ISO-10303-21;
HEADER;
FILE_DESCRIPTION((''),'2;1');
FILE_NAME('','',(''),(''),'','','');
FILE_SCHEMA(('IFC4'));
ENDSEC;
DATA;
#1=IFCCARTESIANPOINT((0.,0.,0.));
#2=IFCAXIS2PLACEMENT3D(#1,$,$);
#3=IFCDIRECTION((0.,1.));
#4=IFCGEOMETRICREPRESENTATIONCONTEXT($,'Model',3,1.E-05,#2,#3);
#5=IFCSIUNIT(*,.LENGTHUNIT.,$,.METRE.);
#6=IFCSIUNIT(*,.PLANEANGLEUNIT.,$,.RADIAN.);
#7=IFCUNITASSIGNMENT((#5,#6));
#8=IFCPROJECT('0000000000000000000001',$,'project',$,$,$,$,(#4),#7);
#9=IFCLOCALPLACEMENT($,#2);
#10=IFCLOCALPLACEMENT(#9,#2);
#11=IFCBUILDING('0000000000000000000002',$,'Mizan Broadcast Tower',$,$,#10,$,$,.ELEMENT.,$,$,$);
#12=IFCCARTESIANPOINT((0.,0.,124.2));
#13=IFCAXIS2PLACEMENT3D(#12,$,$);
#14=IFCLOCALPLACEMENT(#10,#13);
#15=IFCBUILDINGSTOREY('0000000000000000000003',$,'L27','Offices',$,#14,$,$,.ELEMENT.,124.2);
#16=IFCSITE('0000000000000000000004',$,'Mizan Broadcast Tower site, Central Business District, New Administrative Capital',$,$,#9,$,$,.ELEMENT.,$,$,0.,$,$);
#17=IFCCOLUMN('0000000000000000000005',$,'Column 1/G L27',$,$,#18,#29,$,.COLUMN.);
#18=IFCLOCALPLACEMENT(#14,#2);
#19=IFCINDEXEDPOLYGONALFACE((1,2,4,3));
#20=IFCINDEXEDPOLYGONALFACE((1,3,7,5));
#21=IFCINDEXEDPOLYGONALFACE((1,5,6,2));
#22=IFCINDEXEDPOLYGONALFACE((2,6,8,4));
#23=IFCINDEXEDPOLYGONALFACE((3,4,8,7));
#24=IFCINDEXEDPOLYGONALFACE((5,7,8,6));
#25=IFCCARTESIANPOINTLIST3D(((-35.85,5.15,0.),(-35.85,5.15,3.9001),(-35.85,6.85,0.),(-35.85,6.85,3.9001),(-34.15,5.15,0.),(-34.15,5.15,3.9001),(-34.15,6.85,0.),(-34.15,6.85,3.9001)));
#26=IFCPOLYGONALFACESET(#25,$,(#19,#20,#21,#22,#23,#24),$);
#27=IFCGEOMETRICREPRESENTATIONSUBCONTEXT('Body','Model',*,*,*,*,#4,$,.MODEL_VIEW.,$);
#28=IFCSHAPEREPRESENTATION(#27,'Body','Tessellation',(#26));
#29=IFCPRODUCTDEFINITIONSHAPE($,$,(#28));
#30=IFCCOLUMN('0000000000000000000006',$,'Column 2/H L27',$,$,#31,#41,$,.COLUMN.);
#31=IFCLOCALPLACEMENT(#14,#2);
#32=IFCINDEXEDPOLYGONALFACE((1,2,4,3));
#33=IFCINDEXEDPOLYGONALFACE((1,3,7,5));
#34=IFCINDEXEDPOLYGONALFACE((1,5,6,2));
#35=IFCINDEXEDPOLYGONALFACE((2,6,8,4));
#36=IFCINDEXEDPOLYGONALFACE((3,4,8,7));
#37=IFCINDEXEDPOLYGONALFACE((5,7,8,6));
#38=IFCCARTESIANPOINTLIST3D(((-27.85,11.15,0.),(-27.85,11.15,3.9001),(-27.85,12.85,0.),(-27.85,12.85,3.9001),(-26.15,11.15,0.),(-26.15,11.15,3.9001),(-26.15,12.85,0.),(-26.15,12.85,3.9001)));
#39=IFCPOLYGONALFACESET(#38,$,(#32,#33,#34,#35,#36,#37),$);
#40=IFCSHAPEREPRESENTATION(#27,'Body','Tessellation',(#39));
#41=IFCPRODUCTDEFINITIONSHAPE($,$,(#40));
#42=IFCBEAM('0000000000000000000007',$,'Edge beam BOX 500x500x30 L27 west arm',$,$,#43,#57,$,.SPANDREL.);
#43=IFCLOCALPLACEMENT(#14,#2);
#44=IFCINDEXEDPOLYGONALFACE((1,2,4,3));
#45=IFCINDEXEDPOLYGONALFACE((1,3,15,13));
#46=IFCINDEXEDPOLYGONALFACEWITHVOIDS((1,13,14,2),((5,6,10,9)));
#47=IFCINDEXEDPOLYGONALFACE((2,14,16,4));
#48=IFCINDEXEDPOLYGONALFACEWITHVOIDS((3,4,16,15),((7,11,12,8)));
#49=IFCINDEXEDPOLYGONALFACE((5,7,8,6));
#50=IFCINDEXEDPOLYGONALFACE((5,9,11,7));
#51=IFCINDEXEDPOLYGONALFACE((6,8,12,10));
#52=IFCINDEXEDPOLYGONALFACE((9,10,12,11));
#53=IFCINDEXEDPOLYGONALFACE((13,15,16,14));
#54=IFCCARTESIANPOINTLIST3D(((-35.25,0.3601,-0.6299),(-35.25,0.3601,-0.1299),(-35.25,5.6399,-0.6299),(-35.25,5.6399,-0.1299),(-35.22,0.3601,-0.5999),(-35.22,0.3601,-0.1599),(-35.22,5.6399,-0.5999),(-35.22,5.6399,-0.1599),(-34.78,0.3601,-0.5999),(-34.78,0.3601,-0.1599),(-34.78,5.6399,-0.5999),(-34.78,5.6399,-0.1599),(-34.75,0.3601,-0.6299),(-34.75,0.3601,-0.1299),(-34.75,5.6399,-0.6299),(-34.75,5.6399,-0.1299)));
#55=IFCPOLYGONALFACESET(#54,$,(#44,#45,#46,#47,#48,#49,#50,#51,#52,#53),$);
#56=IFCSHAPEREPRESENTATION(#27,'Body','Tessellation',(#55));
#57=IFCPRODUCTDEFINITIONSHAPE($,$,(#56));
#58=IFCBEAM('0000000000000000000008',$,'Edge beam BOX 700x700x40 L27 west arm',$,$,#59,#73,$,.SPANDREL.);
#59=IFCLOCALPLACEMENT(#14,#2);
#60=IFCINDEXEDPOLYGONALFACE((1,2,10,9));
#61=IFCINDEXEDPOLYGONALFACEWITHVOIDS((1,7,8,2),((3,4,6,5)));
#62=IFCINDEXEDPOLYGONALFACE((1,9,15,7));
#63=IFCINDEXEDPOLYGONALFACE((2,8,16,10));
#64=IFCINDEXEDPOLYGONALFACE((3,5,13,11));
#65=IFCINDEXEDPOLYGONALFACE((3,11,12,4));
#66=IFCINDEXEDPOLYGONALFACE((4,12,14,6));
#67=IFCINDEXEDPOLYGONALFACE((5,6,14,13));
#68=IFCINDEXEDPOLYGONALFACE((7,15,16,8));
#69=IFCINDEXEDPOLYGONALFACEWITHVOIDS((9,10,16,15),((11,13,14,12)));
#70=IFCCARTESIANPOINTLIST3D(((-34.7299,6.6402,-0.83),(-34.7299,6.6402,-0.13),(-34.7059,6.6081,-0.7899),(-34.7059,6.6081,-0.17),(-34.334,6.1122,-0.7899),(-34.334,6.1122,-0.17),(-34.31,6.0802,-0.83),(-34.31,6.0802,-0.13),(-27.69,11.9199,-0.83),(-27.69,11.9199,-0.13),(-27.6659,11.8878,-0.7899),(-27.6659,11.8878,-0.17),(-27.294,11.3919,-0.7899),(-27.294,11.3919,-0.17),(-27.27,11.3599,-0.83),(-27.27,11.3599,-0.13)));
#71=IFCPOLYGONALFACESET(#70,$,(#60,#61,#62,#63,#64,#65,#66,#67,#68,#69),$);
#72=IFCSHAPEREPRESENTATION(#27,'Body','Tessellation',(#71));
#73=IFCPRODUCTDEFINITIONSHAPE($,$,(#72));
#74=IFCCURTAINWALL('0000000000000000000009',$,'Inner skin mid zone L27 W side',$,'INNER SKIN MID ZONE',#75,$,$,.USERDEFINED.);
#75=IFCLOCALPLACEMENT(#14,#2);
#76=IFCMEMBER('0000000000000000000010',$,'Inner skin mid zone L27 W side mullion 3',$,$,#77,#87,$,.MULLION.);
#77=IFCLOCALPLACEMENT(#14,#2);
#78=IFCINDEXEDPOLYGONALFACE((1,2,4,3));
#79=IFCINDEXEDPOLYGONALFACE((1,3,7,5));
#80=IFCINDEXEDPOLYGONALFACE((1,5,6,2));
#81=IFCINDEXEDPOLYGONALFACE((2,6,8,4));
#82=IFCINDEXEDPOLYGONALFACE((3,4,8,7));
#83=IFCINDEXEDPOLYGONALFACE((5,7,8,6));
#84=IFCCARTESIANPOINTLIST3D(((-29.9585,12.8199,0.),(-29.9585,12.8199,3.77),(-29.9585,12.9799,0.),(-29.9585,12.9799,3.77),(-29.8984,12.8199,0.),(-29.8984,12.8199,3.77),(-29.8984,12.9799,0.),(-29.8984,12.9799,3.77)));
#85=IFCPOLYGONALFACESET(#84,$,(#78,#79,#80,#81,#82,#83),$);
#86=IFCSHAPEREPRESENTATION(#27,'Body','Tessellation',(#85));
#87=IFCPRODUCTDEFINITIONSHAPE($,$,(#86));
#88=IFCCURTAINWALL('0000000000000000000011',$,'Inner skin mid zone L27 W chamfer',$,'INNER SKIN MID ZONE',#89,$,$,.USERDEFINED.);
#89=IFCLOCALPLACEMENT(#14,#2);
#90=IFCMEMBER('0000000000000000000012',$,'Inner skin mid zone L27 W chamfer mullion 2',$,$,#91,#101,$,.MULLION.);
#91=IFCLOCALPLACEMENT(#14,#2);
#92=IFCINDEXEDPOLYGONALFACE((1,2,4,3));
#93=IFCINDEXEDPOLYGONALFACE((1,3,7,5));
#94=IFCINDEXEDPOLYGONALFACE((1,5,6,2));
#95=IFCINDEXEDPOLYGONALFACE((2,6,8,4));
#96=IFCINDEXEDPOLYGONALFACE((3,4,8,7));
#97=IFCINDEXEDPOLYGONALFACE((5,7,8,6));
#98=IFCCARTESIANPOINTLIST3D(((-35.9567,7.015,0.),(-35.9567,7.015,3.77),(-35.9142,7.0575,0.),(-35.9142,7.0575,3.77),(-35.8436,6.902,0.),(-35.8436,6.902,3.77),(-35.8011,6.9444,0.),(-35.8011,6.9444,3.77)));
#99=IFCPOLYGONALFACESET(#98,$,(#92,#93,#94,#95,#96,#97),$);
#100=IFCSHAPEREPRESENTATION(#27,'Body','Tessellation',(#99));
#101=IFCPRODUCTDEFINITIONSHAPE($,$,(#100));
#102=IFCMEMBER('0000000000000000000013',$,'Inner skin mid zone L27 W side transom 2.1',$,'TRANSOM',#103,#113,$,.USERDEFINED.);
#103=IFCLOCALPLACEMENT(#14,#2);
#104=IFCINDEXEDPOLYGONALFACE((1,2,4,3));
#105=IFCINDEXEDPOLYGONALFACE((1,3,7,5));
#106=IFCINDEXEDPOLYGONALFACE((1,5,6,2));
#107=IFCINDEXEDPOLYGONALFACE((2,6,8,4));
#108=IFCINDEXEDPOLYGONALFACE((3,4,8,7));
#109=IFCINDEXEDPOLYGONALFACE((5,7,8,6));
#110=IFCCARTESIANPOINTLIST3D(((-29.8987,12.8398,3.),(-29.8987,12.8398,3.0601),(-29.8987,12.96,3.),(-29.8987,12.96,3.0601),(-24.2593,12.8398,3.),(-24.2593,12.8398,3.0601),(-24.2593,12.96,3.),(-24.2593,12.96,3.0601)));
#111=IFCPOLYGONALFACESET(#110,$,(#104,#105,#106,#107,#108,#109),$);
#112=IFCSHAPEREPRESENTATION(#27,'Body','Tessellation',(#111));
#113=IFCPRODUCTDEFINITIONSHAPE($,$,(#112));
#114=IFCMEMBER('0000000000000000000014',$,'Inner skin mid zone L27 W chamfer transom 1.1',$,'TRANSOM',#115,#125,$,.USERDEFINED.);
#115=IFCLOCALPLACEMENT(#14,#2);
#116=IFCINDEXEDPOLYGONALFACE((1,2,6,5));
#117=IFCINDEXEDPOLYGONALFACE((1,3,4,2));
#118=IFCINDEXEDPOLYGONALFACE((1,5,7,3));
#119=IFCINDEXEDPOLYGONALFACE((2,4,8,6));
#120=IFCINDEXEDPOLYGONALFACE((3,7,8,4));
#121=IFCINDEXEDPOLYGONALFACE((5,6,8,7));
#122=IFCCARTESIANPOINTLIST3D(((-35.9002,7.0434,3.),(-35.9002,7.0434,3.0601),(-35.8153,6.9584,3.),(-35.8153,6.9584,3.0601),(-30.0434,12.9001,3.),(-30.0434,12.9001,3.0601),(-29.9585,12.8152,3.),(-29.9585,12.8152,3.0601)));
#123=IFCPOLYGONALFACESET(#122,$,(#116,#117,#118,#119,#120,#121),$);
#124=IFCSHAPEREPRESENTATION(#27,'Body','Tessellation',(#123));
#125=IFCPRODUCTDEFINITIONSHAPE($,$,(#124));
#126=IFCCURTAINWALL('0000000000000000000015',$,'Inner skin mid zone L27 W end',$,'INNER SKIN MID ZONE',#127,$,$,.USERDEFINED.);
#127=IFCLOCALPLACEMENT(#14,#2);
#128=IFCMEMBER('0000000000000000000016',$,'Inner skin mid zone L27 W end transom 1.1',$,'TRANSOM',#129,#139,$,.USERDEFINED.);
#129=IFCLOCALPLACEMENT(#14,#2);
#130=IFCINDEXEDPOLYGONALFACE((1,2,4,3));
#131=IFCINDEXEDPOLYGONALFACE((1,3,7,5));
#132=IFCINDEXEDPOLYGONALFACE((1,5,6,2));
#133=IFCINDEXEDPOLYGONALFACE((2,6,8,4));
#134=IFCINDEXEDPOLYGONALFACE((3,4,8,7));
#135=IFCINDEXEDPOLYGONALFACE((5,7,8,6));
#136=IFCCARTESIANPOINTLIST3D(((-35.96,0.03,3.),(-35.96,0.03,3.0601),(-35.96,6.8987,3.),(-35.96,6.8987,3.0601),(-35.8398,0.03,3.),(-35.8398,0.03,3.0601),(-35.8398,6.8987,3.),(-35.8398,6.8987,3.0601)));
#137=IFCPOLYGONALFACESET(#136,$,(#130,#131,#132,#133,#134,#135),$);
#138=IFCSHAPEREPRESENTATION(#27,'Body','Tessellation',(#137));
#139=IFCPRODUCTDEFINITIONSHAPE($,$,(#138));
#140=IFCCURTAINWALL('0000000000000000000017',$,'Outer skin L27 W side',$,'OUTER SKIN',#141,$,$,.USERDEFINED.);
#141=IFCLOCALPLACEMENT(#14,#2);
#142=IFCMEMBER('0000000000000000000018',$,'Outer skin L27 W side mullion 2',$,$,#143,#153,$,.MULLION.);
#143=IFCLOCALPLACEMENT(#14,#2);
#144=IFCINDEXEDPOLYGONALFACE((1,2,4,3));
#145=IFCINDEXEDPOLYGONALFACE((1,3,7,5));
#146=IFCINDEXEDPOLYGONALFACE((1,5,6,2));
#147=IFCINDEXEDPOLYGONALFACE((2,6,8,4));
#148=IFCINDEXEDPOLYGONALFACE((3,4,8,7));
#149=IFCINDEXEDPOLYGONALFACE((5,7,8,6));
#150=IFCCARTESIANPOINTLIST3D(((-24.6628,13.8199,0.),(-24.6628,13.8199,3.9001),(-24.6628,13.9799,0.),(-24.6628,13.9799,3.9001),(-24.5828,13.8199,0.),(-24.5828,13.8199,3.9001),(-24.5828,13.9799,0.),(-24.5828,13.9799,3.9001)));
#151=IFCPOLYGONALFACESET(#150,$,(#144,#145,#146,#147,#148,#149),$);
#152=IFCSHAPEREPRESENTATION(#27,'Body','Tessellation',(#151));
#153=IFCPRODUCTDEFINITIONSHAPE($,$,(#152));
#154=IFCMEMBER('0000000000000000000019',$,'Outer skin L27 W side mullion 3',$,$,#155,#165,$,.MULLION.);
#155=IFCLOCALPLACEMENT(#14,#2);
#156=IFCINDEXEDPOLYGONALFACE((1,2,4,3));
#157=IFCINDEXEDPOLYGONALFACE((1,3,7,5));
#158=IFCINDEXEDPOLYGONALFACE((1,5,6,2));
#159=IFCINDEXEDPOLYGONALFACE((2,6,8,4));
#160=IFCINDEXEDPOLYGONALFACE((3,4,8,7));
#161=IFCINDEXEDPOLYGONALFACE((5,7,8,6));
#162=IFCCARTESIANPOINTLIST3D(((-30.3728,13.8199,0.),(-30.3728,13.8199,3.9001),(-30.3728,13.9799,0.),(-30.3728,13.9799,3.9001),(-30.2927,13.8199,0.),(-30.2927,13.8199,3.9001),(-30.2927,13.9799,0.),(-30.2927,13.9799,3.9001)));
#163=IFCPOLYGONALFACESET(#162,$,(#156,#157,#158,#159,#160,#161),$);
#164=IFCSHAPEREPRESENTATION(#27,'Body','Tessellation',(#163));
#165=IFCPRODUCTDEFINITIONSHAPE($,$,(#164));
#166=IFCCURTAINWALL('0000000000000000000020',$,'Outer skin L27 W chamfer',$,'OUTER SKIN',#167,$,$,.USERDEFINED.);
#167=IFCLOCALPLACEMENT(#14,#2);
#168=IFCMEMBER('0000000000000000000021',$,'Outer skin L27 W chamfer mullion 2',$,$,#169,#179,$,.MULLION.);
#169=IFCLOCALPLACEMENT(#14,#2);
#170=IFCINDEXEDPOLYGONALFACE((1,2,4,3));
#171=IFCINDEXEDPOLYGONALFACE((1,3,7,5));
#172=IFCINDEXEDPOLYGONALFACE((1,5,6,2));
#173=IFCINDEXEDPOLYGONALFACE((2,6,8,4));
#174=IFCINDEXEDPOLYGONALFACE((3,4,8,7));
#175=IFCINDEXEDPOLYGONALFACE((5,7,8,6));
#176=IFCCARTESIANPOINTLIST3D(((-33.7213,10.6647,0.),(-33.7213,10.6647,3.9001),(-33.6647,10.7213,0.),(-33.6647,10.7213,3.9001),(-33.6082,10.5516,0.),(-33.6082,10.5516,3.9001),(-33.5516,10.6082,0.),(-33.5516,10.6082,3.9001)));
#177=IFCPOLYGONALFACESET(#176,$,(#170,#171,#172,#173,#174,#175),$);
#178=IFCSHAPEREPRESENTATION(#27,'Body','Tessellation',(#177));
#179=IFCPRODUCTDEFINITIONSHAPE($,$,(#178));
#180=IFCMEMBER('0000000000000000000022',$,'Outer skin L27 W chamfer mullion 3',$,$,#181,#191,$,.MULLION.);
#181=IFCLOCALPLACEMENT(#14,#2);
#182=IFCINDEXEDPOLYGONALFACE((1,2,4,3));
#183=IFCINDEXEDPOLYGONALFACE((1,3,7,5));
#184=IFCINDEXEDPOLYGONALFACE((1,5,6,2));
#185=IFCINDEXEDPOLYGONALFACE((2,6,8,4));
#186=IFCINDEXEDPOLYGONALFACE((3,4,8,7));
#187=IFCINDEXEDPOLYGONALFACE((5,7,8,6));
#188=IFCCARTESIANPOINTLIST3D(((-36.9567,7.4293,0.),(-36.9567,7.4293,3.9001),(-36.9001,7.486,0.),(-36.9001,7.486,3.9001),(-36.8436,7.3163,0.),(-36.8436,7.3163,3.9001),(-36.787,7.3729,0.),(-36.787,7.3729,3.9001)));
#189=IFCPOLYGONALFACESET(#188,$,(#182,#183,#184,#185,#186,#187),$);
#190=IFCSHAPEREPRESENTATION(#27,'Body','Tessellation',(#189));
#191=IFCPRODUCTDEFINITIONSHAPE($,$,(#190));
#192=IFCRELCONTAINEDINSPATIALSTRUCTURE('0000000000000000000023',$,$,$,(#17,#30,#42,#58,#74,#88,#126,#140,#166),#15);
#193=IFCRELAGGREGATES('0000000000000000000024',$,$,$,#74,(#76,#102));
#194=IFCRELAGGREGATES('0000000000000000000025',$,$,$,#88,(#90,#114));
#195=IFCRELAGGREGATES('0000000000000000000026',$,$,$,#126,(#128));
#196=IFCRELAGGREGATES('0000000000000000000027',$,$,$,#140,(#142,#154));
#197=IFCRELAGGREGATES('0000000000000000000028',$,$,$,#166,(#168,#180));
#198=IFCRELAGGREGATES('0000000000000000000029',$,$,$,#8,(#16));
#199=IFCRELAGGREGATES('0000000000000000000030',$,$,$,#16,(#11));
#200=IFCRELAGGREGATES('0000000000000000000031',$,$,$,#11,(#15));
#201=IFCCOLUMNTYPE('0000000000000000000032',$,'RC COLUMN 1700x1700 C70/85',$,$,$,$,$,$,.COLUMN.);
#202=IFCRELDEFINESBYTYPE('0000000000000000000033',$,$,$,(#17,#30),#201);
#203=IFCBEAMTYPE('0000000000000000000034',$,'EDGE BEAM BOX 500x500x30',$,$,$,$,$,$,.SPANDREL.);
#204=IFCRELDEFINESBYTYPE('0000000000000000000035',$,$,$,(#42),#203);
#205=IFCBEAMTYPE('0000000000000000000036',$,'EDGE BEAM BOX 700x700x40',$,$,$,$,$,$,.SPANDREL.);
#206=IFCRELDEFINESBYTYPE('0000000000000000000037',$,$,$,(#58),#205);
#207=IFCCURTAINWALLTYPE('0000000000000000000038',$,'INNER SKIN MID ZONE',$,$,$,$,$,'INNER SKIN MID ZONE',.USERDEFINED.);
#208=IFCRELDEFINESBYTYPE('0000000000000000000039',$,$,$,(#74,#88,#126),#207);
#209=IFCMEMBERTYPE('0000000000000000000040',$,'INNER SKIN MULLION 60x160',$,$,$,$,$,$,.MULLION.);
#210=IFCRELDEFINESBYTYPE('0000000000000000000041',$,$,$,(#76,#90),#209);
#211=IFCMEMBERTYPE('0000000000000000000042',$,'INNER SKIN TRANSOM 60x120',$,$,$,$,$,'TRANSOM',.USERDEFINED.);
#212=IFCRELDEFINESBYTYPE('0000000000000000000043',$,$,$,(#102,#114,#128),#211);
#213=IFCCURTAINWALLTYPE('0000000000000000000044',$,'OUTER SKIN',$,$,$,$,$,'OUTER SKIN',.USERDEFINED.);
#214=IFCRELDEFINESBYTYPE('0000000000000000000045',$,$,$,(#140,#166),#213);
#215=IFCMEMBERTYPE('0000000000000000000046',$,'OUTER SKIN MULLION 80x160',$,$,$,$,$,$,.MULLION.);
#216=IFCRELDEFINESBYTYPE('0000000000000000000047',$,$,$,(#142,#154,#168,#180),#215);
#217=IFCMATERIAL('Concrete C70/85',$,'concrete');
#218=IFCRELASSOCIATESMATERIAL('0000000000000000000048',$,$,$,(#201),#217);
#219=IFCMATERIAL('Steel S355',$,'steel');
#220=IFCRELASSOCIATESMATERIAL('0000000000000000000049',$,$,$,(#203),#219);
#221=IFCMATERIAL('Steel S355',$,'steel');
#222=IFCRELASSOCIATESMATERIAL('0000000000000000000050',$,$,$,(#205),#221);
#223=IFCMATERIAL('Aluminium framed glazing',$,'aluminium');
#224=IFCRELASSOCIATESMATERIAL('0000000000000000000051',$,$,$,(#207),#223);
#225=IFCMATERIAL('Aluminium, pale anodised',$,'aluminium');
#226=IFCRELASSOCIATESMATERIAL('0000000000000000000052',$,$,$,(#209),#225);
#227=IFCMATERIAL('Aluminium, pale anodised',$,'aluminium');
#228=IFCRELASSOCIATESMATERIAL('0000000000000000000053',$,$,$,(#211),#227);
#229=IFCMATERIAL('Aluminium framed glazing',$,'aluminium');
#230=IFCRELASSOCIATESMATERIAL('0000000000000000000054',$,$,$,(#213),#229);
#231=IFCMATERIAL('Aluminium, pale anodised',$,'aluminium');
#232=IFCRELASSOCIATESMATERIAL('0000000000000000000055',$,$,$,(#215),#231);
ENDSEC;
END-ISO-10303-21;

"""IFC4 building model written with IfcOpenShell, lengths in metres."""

from ifc_helpers import new_model, si_unit, direction, frame, origin, origin_2d, place, context, subcontext, project, spatial, rectangle, hollow_rectangle, extrude, material, material_profile, profile_set, type_object, element, aggregate, save


model = new_model("IFC4")

# Units and contexts
model_context = context("Model", 3, precision=1e-05, world=origin(), true_north=direction((0.0, 1.0)))
body_context = subcontext(model_context, "Body", "Model", "MODEL_VIEW")
ifc_project = project(units=[si_unit("LENGTHUNIT", "METRE"), si_unit("PLANEANGLEUNIT", "RADIAN")], contexts=[model_context])

# Site, building, storey
site_placement = place(None, origin())
site = spatial("IfcSite", under=ifc_project, at=site_placement, Name="Mizan Broadcast Tower site, Central Business District, New Administrative Capital", CompositionType="ELEMENT", RefElevation=0.0)
building_placement = place(site_placement, origin())
building = spatial("IfcBuilding", under=site, at=building_placement, Name="Mizan Broadcast Tower", CompositionType="ELEMENT")
storey_placement = place(building_placement, frame((0.0, 0.0, 124.2)))
storey = spatial("IfcBuildingStorey", under=building, at=storey_placement, Name="L27", Description="Offices", CompositionType="ELEMENT", Elevation=124.2)

# Columns
ifc_material_1 = material(Name="Concrete C70/85", Category="concrete")
ifc_material_profile_1 = material_profile(ifc_material_1, rectangle(XDim=1.7, YDim=1.7, at=origin_2d()), Name="RC 1700x1700")
ifc_profile_set_1 = profile_set([ifc_material_profile_1], Name="Concrete C70/85")
column_type = type_object("IfcColumnType", Name="RC COLUMN 1700x1700 C70/85", PredefinedType="COLUMN", material=ifc_profile_set_1)
for number, where, z_axis, x_axis, name in (
    (1, (-35.0, 6.0, 0.0), (0.0, 0.0, 1.0), (1.0, 0.0, 0.0), "Column 1/G L27"),
    (2, (-27.0, 12.0, 0.0), (0.0, 0.0, 1.0), (1.0, 0.0, 0.0), "Column 2/H L27"),
):
    element("IfcColumn", number, at=place(storey_placement, frame(where, z_axis=z_axis, x_axis=x_axis)), inside=storey, type_object=column_type, Name=name, PredefinedType="COLUMN", context=body_context, shape_type="SweptSolid", body=[
        extrude(rectangle(XDim=1.7, YDim=1.7, at=origin_2d()), origin(), (0.0, 0.0, 1.0), 3.9001),
    ])

# Beams
ifc_material_2 = material(Name="Steel S355", Category="steel")
ifc_material_profile_2 = material_profile(ifc_material_2, hollow_rectangle(XDim=0.5, YDim=0.5, WallThickness=0.03, at=origin_2d()), Name="BOX 500x500x30")
ifc_profile_set_2 = profile_set([ifc_material_profile_2], Name="Steel S355")
beam_type_1 = type_object("IfcBeamType", Name="EDGE BEAM BOX 500x500x30", PredefinedType="SPANDREL", material=ifc_profile_set_2)
beam_1_placement = place(storey_placement, frame((-35.0, 5.6399, -0.3799), z_axis=(0.0, -1.0, 0.0), x_axis=(1.0, 0.0, 0.0)))
element("IfcBeam", 3, at=beam_1_placement, inside=storey, type_object=beam_type_1, Name="Edge beam BOX 500x500x30 L27 west arm", PredefinedType="SPANDREL", context=body_context, shape_type="SweptSolid", body=[
    extrude(hollow_rectangle(XDim=0.5, YDim=0.5, WallThickness=0.03, at=origin_2d()), origin(), (0.0, 0.0, 1.0), 5.2798),
])
ifc_material_3 = material(Name="Steel S355", Category="steel")
ifc_material_profile_3 = material_profile(ifc_material_3, hollow_rectangle(XDim=0.7, YDim=0.7, WallThickness=0.04, at=origin_2d()), Name="BOX 700x700x40")
ifc_profile_set_3 = profile_set([ifc_material_profile_3], Name="Steel S355")
beam_type_2 = type_object("IfcBeamType", Name="EDGE BEAM BOX 700x700x40", PredefinedType="SPANDREL", material=ifc_profile_set_3)
beam_2_placement = place(storey_placement, frame((-27.48, 11.6399, -0.48), z_axis=(-0.800013, -0.599982, 0.0), x_axis=(0.599982, -0.800013, 0.0)))
element("IfcBeam", 4, at=beam_2_placement, inside=storey, type_object=beam_type_2, Name="Edge beam BOX 700x700x40 L27 west arm", PredefinedType="SPANDREL", context=body_context, shape_type="SweptSolid", body=[
    extrude(hollow_rectangle(XDim=0.7, YDim=0.7, WallThickness=0.04, at=origin_2d()), origin(), (0.0, 0.0, 1.0), 8.7998),
])

# Curtain walls, members
ifc_material_4 = material(Name="Aluminium framed glazing", Category="aluminium")
curtain_wall_type_1 = type_object("IfcCurtainWallType", Name="INNER SKIN MID ZONE", ElementType="INNER SKIN MID ZONE", PredefinedType="USERDEFINED", material=ifc_material_4)
curtain_wall_1_placement = place(storey_placement, origin())
curtain_wall_1 = element("IfcCurtainWall", 5, at=curtain_wall_1_placement, inside=storey, type_object=curtain_wall_type_1, Name="Inner skin mid zone L27 W side", ObjectType="INNER SKIN MID ZONE", PredefinedType="USERDEFINED")
ifc_material_5 = material(Name="Aluminium, pale anodised", Category="aluminium")
ifc_material_profile_4 = material_profile(ifc_material_5, rectangle(XDim=0.1599, YDim=0.0601, at=origin_2d()), Name="MULLION 160x60")
ifc_profile_set_4 = profile_set([ifc_material_profile_4], Name="Aluminium, pale anodised")
member_type_1 = type_object("IfcMemberType", Name="INNER SKIN MULLION 60x160", PredefinedType="MULLION", material=ifc_profile_set_4)
member_1_placement = place(storey_placement, frame((-29.9285, 12.8999, 0.0), z_axis=(0.0, 0.0, 1.0), x_axis=(0.0, -1.0, 0.0)))
member_1 = element("IfcMember", 6, at=member_1_placement, type_object=member_type_1, Name="Inner skin mid zone L27 W side mullion 3", PredefinedType="MULLION", context=body_context, shape_type="SweptSolid", body=[
    extrude(rectangle(XDim=0.1599, YDim=0.0601, at=origin_2d()), origin(), (0.0, 0.0, 1.0), 3.77),
])
curtain_wall_2_placement = place(storey_placement, origin())
curtain_wall_2 = element("IfcCurtainWall", 7, at=curtain_wall_2_placement, inside=storey, type_object=curtain_wall_type_1, Name="Inner skin mid zone L27 W chamfer", ObjectType="INNER SKIN MID ZONE", PredefinedType="USERDEFINED")
member_2_placement = place(storey_placement, frame((-35.8789, 6.9797, 0.0), z_axis=(0.0, 0.0, 1.0), x_axis=(0.707107, -0.707107, 0.0)))
member_2 = element("IfcMember", 8, at=member_2_placement, type_object=member_type_1, Name="Inner skin mid zone L27 W chamfer mullion 2", PredefinedType="MULLION", context=body_context, shape_type="SweptSolid", body=[
    extrude(rectangle(XDim=0.1599, YDim=0.0601, at=origin_2d()), origin(), (0.0, 0.0, 1.0), 3.77),
])

# Members
ifc_material_6 = material(Name="Aluminium, pale anodised", Category="aluminium")
ifc_material_profile_5 = material_profile(ifc_material_6, rectangle(XDim=0.1201, YDim=0.0601, at=origin_2d()), Name="TRANSOM 120x60")
ifc_profile_set_5 = profile_set([ifc_material_profile_5], Name="Aluminium, pale anodised")
member_type_2 = type_object("IfcMemberType", Name="INNER SKIN TRANSOM 60x120", ElementType="TRANSOM", PredefinedType="USERDEFINED", material=ifc_profile_set_5)
member_3_placement = place(storey_placement, frame((-24.2593, 12.8999, 3.03), z_axis=(-1.0, 0.0, 0.0), x_axis=(0.0, -1.0, 0.0)))
member_3 = element("IfcMember", 9, at=member_3_placement, type_object=member_type_2, Name="Inner skin mid zone L27 W side transom 2.1", ObjectType="TRANSOM", PredefinedType="USERDEFINED", context=body_context, shape_type="SweptSolid", body=[
    extrude(rectangle(XDim=0.1201, YDim=0.0601, at=origin_2d()), origin(), (0.0, 0.0, 1.0), 5.6394),
])
member_4_placement = place(storey_placement, frame((-30.001, 12.8577, 3.03), z_axis=(-0.707107, -0.707107, 0.0), x_axis=(0.707107, -0.707107, 0.0)))
member_4 = element("IfcMember", 10, at=member_4_placement, type_object=member_type_2, Name="Inner skin mid zone L27 W chamfer transom 1.1", ObjectType="TRANSOM", PredefinedType="USERDEFINED", context=body_context, shape_type="SweptSolid", body=[
    extrude(rectangle(XDim=0.1201, YDim=0.0601, at=origin_2d()), origin(), (0.0, 0.0, 1.0), 8.2827),
])

# Curtain wall, member
curtain_wall_3_placement = place(storey_placement, origin())
curtain_wall_3 = element("IfcCurtainWall", 11, at=curtain_wall_3_placement, inside=storey, type_object=curtain_wall_type_1, Name="Inner skin mid zone L27 W end", ObjectType="INNER SKIN MID ZONE", PredefinedType="USERDEFINED")
member_5_placement = place(storey_placement, frame((-35.8999, 6.8987, 3.03), z_axis=(0.0, -1.0, 0.0), x_axis=(1.0, 0.0, 0.0)))
member_5 = element("IfcMember", 12, at=member_5_placement, type_object=member_type_2, Name="Inner skin mid zone L27 W end transom 1.1", ObjectType="TRANSOM", PredefinedType="USERDEFINED", context=body_context, shape_type="SweptSolid", body=[
    extrude(rectangle(XDim=0.1201, YDim=0.0601, at=origin_2d()), origin(), (0.0, 0.0, 1.0), 6.8687),
])

# Curtain walls, members
ifc_material_7 = material(Name="Aluminium framed glazing", Category="aluminium")
curtain_wall_type_2 = type_object("IfcCurtainWallType", Name="OUTER SKIN", ElementType="OUTER SKIN", PredefinedType="USERDEFINED", material=ifc_material_7)
curtain_wall_4_placement = place(storey_placement, origin())
curtain_wall_4 = element("IfcCurtainWall", 13, at=curtain_wall_4_placement, inside=storey, type_object=curtain_wall_type_2, Name="Outer skin L27 W side", ObjectType="OUTER SKIN", PredefinedType="USERDEFINED")
ifc_material_8 = material(Name="Aluminium, pale anodised", Category="aluminium")
ifc_material_profile_6 = material_profile(ifc_material_8, rectangle(XDim=0.1599, YDim=0.0801, at=origin_2d()), Name="MULLION 160x80")
ifc_profile_set_6 = profile_set([ifc_material_profile_6], Name="Aluminium, pale anodised")
member_type_3 = type_object("IfcMemberType", Name="OUTER SKIN MULLION 80x160", PredefinedType="MULLION", material=ifc_profile_set_6)
member_6_placement = place(storey_placement, frame((-24.6228, 13.8999, 0.0), z_axis=(0.0, 0.0, 1.0), x_axis=(0.0, -1.0, 0.0)))
member_6 = element("IfcMember", 14, at=member_6_placement, type_object=member_type_3, Name="Outer skin L27 W side mullion 2", PredefinedType="MULLION", context=body_context, shape_type="SweptSolid", body=[
    extrude(rectangle(XDim=0.1599, YDim=0.0801, at=origin_2d()), origin(), (0.0, 0.0, 1.0), 3.9001),
])
member_7_placement = place(storey_placement, frame((-30.3328, 13.8999, 0.0), z_axis=(0.0, 0.0, 1.0), x_axis=(0.0, -1.0, 0.0)))
member_7 = element("IfcMember", 15, at=member_7_placement, type_object=member_type_3, Name="Outer skin L27 W side mullion 3", PredefinedType="MULLION", context=body_context, shape_type="SweptSolid", body=[
    extrude(rectangle(XDim=0.1599, YDim=0.0801, at=origin_2d()), origin(), (0.0, 0.0, 1.0), 3.9001),
])
curtain_wall_5_placement = place(storey_placement, origin())
curtain_wall_5 = element("IfcCurtainWall", 16, at=curtain_wall_5_placement, inside=storey, type_object=curtain_wall_type_2, Name="Outer skin L27 W chamfer", ObjectType="OUTER SKIN", PredefinedType="USERDEFINED")
member_8_placement = place(storey_placement, frame((-33.6365, 10.6365, 0.0), z_axis=(0.0, 0.0, 1.0), x_axis=(0.707107, -0.707107, 0.0)))
member_8 = element("IfcMember", 17, at=member_8_placement, type_object=member_type_3, Name="Outer skin L27 W chamfer mullion 2", PredefinedType="MULLION", context=body_context, shape_type="SweptSolid", body=[
    extrude(rectangle(XDim=0.1599, YDim=0.0801, at=origin_2d()), origin(), (0.0, 0.0, 1.0), 3.9001),
])
member_9_placement = place(storey_placement, frame((-36.8718, 7.4011, 0.0), z_axis=(0.0, 0.0, 1.0), x_axis=(0.707107, -0.707107, 0.0)))
member_9 = element("IfcMember", 18, at=member_9_placement, type_object=member_type_3, Name="Outer skin L27 W chamfer mullion 3", PredefinedType="MULLION", context=body_context, shape_type="SweptSolid", body=[
    extrude(rectangle(XDim=0.1599, YDim=0.0801, at=origin_2d()), origin(), (0.0, 0.0, 1.0), 3.9001),
])

aggregate(curtain_wall_1, [member_1, member_3])
aggregate(curtain_wall_2, [member_2, member_4])
aggregate(curtain_wall_3, [member_5])
aggregate(curtain_wall_4, [member_6, member_7])
aggregate(curtain_wall_5, [member_8, member_9])

save(model, "model.ifc")
